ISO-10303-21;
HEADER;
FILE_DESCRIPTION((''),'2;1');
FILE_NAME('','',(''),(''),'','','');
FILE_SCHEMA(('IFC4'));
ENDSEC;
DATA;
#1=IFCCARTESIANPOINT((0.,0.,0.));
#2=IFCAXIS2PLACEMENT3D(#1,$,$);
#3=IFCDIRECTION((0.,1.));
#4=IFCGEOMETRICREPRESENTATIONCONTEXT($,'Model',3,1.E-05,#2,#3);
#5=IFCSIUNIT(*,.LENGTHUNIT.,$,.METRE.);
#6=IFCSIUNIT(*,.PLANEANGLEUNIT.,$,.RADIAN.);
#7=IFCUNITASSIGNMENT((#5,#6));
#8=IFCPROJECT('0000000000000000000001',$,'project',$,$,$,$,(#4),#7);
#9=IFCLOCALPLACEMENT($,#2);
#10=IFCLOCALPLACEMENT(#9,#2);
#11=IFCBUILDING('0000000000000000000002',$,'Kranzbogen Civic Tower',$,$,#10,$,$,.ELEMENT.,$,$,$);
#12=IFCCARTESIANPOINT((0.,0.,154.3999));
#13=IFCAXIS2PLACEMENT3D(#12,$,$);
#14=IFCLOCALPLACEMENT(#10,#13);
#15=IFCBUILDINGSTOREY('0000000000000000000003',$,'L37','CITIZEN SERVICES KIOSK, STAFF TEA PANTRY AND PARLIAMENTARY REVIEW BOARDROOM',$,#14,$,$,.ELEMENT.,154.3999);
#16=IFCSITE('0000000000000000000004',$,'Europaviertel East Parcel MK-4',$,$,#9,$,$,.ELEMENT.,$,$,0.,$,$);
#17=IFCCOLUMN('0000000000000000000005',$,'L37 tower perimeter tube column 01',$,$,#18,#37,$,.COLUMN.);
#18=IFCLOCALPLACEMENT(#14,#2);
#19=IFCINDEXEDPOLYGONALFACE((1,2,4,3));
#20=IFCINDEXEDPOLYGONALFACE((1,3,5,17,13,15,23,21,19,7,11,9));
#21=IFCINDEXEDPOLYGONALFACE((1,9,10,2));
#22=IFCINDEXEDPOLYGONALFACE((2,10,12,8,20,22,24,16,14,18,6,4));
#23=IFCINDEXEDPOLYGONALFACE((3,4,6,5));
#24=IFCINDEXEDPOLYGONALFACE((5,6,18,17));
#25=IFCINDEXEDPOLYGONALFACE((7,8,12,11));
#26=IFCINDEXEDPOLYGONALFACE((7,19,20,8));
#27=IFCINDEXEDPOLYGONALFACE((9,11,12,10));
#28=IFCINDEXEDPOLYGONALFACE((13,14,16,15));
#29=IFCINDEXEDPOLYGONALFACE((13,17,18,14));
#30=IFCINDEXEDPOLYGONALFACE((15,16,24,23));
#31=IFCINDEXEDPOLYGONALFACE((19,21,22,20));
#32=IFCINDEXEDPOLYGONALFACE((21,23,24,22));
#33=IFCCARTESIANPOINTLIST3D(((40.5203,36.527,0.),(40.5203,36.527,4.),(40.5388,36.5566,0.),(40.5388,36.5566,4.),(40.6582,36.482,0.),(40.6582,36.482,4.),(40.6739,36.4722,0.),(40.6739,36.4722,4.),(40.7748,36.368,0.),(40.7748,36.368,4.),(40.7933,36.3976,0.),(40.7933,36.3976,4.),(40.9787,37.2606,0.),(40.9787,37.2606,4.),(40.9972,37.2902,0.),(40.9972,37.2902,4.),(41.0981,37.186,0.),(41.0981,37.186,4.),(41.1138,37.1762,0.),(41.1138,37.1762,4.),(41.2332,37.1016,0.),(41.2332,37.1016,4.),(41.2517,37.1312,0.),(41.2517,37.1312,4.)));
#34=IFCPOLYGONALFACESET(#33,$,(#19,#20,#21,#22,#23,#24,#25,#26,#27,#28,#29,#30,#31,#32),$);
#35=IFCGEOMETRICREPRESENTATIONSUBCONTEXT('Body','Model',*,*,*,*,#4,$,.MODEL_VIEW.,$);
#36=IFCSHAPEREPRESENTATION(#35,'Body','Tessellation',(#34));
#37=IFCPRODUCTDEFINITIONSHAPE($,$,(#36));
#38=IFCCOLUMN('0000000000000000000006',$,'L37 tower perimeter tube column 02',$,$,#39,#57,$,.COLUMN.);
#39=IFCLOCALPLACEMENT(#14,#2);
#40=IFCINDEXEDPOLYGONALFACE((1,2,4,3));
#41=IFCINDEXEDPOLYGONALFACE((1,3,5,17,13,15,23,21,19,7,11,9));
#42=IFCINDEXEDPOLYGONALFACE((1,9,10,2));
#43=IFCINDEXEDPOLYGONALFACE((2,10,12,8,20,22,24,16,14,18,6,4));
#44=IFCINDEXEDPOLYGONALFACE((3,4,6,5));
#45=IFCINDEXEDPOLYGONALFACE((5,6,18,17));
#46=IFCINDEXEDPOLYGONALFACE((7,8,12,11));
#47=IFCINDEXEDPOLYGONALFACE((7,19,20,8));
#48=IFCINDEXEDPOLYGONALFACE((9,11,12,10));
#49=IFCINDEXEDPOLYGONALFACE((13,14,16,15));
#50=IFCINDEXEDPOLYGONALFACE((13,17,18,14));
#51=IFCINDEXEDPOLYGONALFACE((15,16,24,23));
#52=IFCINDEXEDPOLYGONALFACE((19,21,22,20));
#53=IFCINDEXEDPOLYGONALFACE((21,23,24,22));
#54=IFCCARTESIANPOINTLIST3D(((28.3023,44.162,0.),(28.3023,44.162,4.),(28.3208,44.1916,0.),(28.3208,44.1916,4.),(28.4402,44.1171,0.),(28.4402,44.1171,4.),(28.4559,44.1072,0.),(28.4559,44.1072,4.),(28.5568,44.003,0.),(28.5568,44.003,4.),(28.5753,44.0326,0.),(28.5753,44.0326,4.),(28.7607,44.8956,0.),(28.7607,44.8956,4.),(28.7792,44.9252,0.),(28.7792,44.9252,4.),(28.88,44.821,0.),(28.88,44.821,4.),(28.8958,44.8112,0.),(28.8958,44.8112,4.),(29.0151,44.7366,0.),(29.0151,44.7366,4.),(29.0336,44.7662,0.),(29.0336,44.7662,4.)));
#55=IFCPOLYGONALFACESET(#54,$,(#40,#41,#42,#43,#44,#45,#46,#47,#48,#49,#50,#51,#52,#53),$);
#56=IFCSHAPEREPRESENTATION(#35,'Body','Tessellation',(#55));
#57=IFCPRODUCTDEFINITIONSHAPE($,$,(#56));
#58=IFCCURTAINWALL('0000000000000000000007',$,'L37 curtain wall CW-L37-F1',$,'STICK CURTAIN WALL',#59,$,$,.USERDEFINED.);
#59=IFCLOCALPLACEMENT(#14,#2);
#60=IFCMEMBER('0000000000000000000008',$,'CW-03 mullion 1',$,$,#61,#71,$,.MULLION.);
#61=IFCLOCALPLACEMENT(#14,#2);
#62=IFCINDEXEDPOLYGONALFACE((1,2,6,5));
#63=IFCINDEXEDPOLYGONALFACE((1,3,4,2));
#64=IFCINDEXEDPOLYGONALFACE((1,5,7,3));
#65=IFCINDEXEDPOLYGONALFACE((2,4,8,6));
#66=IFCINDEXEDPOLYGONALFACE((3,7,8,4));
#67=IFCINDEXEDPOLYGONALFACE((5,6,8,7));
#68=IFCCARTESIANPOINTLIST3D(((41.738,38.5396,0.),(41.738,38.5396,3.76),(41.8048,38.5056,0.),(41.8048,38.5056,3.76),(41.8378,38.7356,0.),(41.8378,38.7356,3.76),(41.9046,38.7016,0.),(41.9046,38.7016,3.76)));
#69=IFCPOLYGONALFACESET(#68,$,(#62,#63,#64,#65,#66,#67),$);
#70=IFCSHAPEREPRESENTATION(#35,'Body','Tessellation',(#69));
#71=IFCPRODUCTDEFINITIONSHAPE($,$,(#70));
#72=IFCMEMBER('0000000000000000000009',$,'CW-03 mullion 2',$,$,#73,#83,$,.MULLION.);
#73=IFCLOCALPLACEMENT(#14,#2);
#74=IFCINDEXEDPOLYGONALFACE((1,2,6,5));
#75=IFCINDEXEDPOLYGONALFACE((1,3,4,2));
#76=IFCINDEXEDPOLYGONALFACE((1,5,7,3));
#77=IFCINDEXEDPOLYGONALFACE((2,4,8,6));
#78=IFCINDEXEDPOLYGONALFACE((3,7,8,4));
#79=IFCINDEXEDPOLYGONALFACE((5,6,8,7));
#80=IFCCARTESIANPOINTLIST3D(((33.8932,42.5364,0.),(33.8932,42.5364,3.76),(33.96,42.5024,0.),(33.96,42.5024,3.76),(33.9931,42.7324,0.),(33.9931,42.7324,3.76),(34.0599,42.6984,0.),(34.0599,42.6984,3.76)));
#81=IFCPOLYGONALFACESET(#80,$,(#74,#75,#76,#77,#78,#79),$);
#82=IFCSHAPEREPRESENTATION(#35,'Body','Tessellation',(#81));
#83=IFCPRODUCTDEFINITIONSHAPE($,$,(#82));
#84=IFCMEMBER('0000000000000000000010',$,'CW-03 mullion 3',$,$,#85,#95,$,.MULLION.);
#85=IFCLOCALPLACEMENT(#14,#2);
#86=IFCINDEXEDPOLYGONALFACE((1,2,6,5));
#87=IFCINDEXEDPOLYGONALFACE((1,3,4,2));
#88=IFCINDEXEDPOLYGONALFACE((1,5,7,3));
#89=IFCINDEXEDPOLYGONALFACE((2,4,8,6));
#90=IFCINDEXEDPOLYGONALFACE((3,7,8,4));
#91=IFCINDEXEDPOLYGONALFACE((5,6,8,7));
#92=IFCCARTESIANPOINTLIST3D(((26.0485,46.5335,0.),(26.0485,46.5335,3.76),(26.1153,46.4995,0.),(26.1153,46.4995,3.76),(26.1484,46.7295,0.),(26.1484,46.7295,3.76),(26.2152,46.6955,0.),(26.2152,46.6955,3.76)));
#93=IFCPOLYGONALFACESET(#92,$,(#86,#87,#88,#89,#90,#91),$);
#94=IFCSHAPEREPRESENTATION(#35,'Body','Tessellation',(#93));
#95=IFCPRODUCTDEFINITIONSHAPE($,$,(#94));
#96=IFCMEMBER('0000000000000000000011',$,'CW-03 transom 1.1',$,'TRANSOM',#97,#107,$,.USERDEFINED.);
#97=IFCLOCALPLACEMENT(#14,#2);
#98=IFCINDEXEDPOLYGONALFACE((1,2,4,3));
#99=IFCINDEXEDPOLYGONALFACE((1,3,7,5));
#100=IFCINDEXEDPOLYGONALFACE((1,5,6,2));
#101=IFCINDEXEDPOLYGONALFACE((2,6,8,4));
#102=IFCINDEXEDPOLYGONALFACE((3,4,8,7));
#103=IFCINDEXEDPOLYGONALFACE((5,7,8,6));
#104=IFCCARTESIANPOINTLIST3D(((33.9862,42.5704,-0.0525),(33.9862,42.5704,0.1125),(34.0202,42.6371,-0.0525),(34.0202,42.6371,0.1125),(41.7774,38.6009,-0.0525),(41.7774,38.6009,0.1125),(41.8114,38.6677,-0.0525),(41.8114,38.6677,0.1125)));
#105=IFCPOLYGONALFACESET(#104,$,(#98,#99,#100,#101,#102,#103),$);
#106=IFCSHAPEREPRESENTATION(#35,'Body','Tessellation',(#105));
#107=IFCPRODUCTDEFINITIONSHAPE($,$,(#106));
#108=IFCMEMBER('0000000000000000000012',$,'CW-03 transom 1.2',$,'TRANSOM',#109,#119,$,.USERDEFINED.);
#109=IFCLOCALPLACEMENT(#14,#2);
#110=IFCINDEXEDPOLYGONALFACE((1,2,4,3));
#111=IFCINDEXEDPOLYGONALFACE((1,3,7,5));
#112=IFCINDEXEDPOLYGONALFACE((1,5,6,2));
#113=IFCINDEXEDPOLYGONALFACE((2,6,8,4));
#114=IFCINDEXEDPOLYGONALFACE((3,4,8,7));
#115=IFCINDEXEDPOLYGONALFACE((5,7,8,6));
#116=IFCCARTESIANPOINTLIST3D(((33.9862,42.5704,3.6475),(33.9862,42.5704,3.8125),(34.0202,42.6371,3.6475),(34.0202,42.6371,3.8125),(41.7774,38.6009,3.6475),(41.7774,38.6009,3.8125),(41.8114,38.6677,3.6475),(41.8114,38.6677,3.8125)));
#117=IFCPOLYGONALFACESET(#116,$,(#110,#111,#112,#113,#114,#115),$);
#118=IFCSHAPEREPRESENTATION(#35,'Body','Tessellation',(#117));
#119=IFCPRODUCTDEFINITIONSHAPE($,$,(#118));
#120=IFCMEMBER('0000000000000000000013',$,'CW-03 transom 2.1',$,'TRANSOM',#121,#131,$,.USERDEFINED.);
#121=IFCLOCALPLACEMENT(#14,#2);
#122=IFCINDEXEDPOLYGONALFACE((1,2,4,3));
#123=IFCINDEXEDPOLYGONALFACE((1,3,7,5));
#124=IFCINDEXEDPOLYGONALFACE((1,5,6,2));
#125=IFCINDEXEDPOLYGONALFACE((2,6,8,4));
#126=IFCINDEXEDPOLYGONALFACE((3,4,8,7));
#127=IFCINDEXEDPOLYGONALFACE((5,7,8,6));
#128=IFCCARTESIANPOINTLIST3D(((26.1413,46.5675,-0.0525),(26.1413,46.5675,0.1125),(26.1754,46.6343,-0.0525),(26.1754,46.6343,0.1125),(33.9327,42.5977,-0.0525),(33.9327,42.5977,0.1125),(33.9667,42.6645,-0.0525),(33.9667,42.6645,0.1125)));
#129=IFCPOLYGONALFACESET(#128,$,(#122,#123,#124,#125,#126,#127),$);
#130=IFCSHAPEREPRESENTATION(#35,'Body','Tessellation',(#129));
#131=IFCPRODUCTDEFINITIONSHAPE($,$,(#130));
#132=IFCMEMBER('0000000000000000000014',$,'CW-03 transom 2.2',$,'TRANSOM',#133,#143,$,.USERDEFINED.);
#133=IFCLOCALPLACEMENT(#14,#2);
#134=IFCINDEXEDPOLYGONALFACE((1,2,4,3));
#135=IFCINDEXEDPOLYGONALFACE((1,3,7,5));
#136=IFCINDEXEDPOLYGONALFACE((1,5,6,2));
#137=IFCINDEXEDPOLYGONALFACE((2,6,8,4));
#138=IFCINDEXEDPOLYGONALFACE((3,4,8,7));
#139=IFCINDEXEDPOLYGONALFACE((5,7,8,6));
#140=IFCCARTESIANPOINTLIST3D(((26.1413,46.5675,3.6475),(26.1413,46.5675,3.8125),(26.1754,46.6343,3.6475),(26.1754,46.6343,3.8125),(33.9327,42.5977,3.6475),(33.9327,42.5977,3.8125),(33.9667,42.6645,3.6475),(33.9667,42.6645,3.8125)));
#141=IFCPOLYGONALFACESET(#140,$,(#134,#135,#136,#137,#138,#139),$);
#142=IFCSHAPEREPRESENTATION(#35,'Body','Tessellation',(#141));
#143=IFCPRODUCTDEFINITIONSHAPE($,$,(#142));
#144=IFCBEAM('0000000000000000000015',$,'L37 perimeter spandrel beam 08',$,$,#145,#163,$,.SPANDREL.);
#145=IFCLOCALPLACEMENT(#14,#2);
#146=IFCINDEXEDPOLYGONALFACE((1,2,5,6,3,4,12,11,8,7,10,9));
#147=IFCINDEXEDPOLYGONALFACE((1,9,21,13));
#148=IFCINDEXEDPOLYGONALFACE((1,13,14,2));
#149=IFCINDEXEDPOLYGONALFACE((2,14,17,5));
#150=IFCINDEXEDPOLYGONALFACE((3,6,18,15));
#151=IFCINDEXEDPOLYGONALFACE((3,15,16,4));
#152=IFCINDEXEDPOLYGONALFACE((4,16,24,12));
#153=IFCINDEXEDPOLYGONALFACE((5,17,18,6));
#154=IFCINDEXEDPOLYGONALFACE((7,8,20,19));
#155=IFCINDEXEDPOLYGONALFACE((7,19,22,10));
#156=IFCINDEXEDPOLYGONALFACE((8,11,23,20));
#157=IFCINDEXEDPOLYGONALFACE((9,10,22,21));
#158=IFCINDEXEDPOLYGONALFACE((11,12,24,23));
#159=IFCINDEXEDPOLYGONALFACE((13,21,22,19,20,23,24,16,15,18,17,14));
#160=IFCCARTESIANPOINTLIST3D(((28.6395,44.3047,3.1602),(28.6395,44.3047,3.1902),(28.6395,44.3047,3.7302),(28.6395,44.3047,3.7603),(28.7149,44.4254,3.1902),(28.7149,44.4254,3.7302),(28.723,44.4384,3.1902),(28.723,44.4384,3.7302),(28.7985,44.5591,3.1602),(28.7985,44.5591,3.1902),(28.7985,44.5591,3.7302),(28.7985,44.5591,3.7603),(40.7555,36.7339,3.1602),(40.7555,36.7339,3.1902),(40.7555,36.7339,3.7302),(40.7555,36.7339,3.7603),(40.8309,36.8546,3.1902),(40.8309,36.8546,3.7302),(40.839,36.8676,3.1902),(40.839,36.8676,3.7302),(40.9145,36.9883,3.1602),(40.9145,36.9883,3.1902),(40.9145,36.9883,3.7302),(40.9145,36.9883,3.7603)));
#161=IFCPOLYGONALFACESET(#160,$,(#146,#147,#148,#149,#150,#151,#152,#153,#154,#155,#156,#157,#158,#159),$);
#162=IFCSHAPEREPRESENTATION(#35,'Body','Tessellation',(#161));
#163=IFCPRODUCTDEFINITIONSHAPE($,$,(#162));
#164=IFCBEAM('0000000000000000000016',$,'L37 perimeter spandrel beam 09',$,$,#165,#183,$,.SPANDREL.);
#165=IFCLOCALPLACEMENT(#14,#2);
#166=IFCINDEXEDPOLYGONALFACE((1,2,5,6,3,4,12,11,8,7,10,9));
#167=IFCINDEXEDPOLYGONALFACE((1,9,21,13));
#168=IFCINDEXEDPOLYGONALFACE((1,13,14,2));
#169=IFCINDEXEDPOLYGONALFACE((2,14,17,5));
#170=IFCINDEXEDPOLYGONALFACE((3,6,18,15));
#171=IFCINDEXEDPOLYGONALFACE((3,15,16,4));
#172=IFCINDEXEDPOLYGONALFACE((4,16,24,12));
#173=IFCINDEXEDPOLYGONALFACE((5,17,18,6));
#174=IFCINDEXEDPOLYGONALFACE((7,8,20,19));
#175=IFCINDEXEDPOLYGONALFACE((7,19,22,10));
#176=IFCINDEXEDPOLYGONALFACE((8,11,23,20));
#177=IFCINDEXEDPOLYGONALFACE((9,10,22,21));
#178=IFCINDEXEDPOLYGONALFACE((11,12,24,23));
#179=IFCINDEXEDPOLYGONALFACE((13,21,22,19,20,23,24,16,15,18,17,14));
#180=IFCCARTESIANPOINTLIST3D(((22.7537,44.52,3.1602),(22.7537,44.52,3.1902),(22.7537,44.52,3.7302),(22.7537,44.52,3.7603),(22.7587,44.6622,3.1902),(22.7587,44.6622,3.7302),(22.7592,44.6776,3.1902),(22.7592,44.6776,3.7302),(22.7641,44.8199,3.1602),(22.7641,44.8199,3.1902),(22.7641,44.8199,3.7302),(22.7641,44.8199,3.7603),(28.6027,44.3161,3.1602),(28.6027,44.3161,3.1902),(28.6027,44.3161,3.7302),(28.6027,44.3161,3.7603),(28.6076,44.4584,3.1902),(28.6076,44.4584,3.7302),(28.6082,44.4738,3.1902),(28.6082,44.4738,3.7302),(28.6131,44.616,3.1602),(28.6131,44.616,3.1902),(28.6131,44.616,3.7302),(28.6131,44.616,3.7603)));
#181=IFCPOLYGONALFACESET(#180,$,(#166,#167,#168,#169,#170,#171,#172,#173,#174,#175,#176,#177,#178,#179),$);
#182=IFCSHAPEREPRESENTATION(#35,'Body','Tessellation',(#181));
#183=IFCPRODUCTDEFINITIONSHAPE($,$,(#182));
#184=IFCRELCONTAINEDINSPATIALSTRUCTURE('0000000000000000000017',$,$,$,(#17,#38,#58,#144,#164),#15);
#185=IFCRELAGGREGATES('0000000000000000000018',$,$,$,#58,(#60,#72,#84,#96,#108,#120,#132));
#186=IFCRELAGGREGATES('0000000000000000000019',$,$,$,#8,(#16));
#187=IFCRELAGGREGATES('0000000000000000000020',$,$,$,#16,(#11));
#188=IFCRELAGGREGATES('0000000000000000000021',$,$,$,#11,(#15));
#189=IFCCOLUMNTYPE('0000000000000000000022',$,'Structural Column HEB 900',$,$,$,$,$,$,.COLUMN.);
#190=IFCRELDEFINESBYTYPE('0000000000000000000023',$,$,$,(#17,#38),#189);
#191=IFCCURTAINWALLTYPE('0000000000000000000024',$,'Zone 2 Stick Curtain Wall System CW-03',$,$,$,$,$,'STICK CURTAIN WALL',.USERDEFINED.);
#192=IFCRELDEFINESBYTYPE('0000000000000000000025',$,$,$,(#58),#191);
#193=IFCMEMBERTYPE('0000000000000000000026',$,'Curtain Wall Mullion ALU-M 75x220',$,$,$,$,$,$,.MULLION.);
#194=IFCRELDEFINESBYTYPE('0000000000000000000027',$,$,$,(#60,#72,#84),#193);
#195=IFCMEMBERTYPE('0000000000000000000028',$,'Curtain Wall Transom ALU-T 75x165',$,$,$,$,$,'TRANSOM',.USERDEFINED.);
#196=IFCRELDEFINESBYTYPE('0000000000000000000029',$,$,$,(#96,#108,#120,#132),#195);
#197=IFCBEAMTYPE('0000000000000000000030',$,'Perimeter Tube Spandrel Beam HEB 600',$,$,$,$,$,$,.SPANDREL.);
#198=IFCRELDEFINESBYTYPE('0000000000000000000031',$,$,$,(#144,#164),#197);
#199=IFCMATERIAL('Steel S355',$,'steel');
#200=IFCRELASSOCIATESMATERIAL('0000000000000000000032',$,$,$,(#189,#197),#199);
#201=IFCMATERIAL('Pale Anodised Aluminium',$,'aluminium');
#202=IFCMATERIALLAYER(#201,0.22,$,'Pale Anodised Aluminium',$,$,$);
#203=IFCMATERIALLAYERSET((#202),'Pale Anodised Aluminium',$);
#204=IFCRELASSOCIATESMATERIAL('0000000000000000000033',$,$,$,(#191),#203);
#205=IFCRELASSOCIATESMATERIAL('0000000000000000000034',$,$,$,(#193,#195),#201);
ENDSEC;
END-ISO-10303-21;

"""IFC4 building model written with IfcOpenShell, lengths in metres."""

from ifc_helpers import new_model, si_unit, direction, frame, origin, origin_2d, place, context, subcontext, project, spatial, rectangle, i_section, extrude, material, layer, layer_set, material_profile, profile_set, type_object, element, aggregate, save


model = new_model("IFC4")

# Units and contexts
model_context = context("Model", 3, precision=1e-05, world=origin(), true_north=direction((0.0, 1.0)))
body_context = subcontext(model_context, "Body", "Model", "MODEL_VIEW")
ifc_project = project(units=[si_unit("LENGTHUNIT", "METRE"), si_unit("PLANEANGLEUNIT", "RADIAN")], contexts=[model_context])

# Site, building, storey
site_placement = place(None, origin())
site = spatial("IfcSite", under=ifc_project, at=site_placement, Name="Europaviertel East Parcel MK-4", CompositionType="ELEMENT", RefElevation=0.0)
building_placement = place(site_placement, origin())
building = spatial("IfcBuilding", under=site, at=building_placement, Name="Kranzbogen Civic Tower", CompositionType="ELEMENT")
storey_placement = place(building_placement, frame((0.0, 0.0, 154.3999)))
storey = spatial("IfcBuildingStorey", under=building, at=storey_placement, Name="L37", Description="CITIZEN SERVICES KIOSK, STAFF TEA PANTRY AND PARLIAMENTARY REVIEW BOARDROOM", CompositionType="ELEMENT", Elevation=154.3999)

# Columns
ifc_material_1 = material(Name="Steel S355", Category="steel")
ifc_material_profile_1 = material_profile(ifc_material_1, i_section(OverallWidth=0.3, OverallDepth=0.8999, WebThickness=0.0186, FlangeThickness=0.0349, at=origin_2d()), Name="HEB 900")
ifc_profile_set_1 = profile_set([ifc_material_profile_1], Name="Steel S355")
column_type = type_object("IfcColumnType", Name="Structural Column HEB 900", PredefinedType="COLUMN", material=ifc_profile_set_1)
for number, where, z_axis, x_axis, name in (
    (1, (40.886, 36.8291, 0.0), (0.0, 0.0, 1.0), (-0.848048, 0.529919, 0.0), "L37 tower perimeter tube column 01"),
    (2, (28.668, 44.4641, 0.0), (0.0, 0.0, 1.0), (-0.848048, 0.529919, 0.0), "L37 tower perimeter tube column 02"),
):
    element("IfcColumn", number, at=place(storey_placement, frame(where, z_axis=z_axis, x_axis=x_axis)), inside=storey, type_object=column_type, Name=name, PredefinedType="COLUMN", context=body_context, shape_type="SweptSolid", body=[
        extrude(i_section(OverallWidth=0.3, OverallDepth=0.8999, WebThickness=0.0186, FlangeThickness=0.0349, at=origin_2d()), origin(), (0.0, 0.0, 1.0), 4.0),
    ])

# Curtain wall, members
ifc_material_2 = material(Name="Pale Anodised Aluminium", Category="aluminium")
ifc_layer_1 = layer(ifc_material_2, 0.22, Name="Pale Anodised Aluminium")
ifc_layer_set_1 = layer_set([ifc_layer_1], Name="Pale Anodised Aluminium")
curtain_wall_type = type_object("IfcCurtainWallType", Name="Zone 2 Stick Curtain Wall System CW-03", ElementType="STICK CURTAIN WALL", PredefinedType="USERDEFINED", material=ifc_layer_set_1)
curtain_wall_placement = place(storey_placement, origin())
curtain_wall = element("IfcCurtainWall", 3, at=curtain_wall_placement, inside=storey, type_object=curtain_wall_type, Name="L37 curtain wall CW-L37-F1", ObjectType="STICK CURTAIN WALL", PredefinedType="USERDEFINED")
ifc_material_profile_2 = material_profile(ifc_material_2, rectangle(XDim=0.075, YDim=0.22, at=origin_2d()), Name="ALU-M 75x220")
ifc_profile_set_2 = profile_set([ifc_material_profile_2], Name="Pale Anodised Aluminium")
member_type_1 = type_object("IfcMemberType", Name="Curtain Wall Mullion ALU-M 75x220", PredefinedType="MULLION", material=ifc_profile_set_2)
member_1_placement = place(storey_placement, frame((41.8213, 38.6206, 0.0), z_axis=(0.0, 0.0, 1.0), x_axis=(-0.891017, 0.45397, 0.0)))
member_1 = element("IfcMember", 4, at=member_1_placement, type_object=member_type_1, Name="CW-03 mullion 1", PredefinedType="MULLION", context=body_context, shape_type="SweptSolid", body=[
    extrude(rectangle(XDim=0.075, YDim=0.22, at=origin_2d()), origin(), (0.0, 0.0, 1.0), 3.76),
])
member_2_placement = place(storey_placement, frame((33.9766, 42.6174, 0.0), z_axis=(0.0, 0.0, 1.0), x_axis=(-0.891017, 0.45397, 0.0)))
member_2 = element("IfcMember", 5, at=member_2_placement, type_object=member_type_1, Name="CW-03 mullion 2", PredefinedType="MULLION", context=body_context, shape_type="SweptSolid", body=[
    extrude(rectangle(XDim=0.075, YDim=0.22, at=origin_2d()), origin(), (0.0, 0.0, 1.0), 3.76),
])
member_3_placement = place(storey_placement, frame((26.1318, 46.6145, 0.0), z_axis=(0.0, 0.0, 1.0), x_axis=(-0.891017, 0.45397, 0.0)))
member_3 = element("IfcMember", 6, at=member_3_placement, type_object=member_type_1, Name="CW-03 mullion 3", PredefinedType="MULLION", context=body_context, shape_type="SweptSolid", body=[
    extrude(rectangle(XDim=0.075, YDim=0.22, at=origin_2d()), origin(), (0.0, 0.0, 1.0), 3.76),
])
ifc_material_profile_3 = material_profile(ifc_material_2, rectangle(XDim=0.075, YDim=0.165, at=origin_2d()), Name="ALU-T 75x165")
ifc_profile_set_3 = profile_set([ifc_material_profile_3], Name="Pale Anodised Aluminium")
member_type_2 = type_object("IfcMemberType", Name="Curtain Wall Transom ALU-T 75x165", ElementType="TRANSOM", PredefinedType="USERDEFINED", material=ifc_profile_set_3)
member_4_placement = place(storey_placement, frame((41.7944, 38.6343, 0.03), z_axis=(-0.891023, 0.453958, 0.0), x_axis=(-0.453958, -0.891023, 0.0)))
member_4 = element("IfcMember", 7, at=member_4_placement, type_object=member_type_2, Name="CW-03 transom 1.1", ObjectType="TRANSOM", PredefinedType="USERDEFINED", context=body_context, shape_type="SweptSolid", body=[
    extrude(rectangle(XDim=0.075, YDim=0.165, at=origin_2d()), origin(), (0.0, 0.0, 1.0), 8.7441),
])
member_5_placement = place(storey_placement, frame((41.7944, 38.6343, 3.73), z_axis=(-0.891023, 0.453958, 0.0), x_axis=(-0.453958, -0.891023, 0.0)))
member_5 = element("IfcMember", 8, at=member_5_placement, type_object=member_type_2, Name="CW-03 transom 1.2", ObjectType="TRANSOM", PredefinedType="USERDEFINED", context=body_context, shape_type="SweptSolid", body=[
    extrude(rectangle(XDim=0.075, YDim=0.165, at=origin_2d()), origin(), (0.0, 0.0, 1.0), 8.7441),
])
member_6_placement = place(storey_placement, frame((33.9497, 42.6311, 0.03), z_axis=(-0.891012, 0.45398, 0.0), x_axis=(-0.45398, -0.891012, 0.0)))
member_6 = element("IfcMember", 9, at=member_6_placement, type_object=member_type_2, Name="CW-03 transom 2.1", ObjectType="TRANSOM", PredefinedType="USERDEFINED", context=body_context, shape_type="SweptSolid", body=[
    extrude(rectangle(XDim=0.075, YDim=0.165, at=origin_2d()), origin(), (0.0, 0.0, 1.0), 8.7444),
])
member_7_placement = place(storey_placement, frame((33.9497, 42.6311, 3.73), z_axis=(-0.891012, 0.45398, 0.0), x_axis=(-0.45398, -0.891012, 0.0)))
member_7 = element("IfcMember", 10, at=member_7_placement, type_object=member_type_2, Name="CW-03 transom 2.2", ObjectType="TRANSOM", PredefinedType="USERDEFINED", context=body_context, shape_type="SweptSolid", body=[
    extrude(rectangle(XDim=0.075, YDim=0.165, at=origin_2d()), origin(), (0.0, 0.0, 1.0), 8.7444),
])

# Beams
ifc_material_profile_4 = material_profile(ifc_material_1, i_section(OverallWidth=0.3, OverallDepth=0.6001, WebThickness=0.0154, FlangeThickness=0.03, at=origin_2d()), Name="HEB 600")
ifc_profile_set_4 = profile_set([ifc_material_profile_4], Name="Steel S355")
beam_type_1 = type_object("IfcBeamType", Name="Perimeter Tube Spandrel Beam HEB 600", PredefinedType="SPANDREL", material=ifc_profile_set_4)
beam_1_placement = place(storey_placement, frame((40.835, 36.8611, 3.4602), z_axis=(-0.848051, 0.529914, 0.0), x_axis=(-0.529914, -0.848051, 0.0)))
element("IfcBeam", 11, at=beam_1_placement, inside=storey, type_object=beam_type_1, Name="L37 perimeter spandrel beam 08", PredefinedType="SPANDREL", context=body_context, shape_type="SweptSolid", body=[
    extrude(i_section(OverallWidth=0.3, OverallDepth=0.6001, WebThickness=0.0154, FlangeThickness=0.03, at=origin_2d()), origin(), (0.0, 0.0, 1.0), 14.2869),
])
beam_2_placement = place(storey_placement, frame((28.6079, 44.4661, 3.4602), z_axis=(-0.999393, 0.034833, 0.0), x_axis=(-0.034833, -0.999393, 0.0)))
element("IfcBeam", 12, at=beam_2_placement, inside=storey, type_object=beam_type_1, Name="L37 perimeter spandrel beam 09", PredefinedType="SPANDREL", context=body_context, shape_type="SweptSolid", body=[
    extrude(i_section(OverallWidth=0.3, OverallDepth=0.6001, WebThickness=0.0154, FlangeThickness=0.03, at=origin_2d()), origin(), (0.0, 0.0, 1.0), 5.8525),
])

aggregate(curtain_wall, [member_1, member_2, member_3, member_4, member_5, member_6, member_7])

save(model, "model.ifc")
